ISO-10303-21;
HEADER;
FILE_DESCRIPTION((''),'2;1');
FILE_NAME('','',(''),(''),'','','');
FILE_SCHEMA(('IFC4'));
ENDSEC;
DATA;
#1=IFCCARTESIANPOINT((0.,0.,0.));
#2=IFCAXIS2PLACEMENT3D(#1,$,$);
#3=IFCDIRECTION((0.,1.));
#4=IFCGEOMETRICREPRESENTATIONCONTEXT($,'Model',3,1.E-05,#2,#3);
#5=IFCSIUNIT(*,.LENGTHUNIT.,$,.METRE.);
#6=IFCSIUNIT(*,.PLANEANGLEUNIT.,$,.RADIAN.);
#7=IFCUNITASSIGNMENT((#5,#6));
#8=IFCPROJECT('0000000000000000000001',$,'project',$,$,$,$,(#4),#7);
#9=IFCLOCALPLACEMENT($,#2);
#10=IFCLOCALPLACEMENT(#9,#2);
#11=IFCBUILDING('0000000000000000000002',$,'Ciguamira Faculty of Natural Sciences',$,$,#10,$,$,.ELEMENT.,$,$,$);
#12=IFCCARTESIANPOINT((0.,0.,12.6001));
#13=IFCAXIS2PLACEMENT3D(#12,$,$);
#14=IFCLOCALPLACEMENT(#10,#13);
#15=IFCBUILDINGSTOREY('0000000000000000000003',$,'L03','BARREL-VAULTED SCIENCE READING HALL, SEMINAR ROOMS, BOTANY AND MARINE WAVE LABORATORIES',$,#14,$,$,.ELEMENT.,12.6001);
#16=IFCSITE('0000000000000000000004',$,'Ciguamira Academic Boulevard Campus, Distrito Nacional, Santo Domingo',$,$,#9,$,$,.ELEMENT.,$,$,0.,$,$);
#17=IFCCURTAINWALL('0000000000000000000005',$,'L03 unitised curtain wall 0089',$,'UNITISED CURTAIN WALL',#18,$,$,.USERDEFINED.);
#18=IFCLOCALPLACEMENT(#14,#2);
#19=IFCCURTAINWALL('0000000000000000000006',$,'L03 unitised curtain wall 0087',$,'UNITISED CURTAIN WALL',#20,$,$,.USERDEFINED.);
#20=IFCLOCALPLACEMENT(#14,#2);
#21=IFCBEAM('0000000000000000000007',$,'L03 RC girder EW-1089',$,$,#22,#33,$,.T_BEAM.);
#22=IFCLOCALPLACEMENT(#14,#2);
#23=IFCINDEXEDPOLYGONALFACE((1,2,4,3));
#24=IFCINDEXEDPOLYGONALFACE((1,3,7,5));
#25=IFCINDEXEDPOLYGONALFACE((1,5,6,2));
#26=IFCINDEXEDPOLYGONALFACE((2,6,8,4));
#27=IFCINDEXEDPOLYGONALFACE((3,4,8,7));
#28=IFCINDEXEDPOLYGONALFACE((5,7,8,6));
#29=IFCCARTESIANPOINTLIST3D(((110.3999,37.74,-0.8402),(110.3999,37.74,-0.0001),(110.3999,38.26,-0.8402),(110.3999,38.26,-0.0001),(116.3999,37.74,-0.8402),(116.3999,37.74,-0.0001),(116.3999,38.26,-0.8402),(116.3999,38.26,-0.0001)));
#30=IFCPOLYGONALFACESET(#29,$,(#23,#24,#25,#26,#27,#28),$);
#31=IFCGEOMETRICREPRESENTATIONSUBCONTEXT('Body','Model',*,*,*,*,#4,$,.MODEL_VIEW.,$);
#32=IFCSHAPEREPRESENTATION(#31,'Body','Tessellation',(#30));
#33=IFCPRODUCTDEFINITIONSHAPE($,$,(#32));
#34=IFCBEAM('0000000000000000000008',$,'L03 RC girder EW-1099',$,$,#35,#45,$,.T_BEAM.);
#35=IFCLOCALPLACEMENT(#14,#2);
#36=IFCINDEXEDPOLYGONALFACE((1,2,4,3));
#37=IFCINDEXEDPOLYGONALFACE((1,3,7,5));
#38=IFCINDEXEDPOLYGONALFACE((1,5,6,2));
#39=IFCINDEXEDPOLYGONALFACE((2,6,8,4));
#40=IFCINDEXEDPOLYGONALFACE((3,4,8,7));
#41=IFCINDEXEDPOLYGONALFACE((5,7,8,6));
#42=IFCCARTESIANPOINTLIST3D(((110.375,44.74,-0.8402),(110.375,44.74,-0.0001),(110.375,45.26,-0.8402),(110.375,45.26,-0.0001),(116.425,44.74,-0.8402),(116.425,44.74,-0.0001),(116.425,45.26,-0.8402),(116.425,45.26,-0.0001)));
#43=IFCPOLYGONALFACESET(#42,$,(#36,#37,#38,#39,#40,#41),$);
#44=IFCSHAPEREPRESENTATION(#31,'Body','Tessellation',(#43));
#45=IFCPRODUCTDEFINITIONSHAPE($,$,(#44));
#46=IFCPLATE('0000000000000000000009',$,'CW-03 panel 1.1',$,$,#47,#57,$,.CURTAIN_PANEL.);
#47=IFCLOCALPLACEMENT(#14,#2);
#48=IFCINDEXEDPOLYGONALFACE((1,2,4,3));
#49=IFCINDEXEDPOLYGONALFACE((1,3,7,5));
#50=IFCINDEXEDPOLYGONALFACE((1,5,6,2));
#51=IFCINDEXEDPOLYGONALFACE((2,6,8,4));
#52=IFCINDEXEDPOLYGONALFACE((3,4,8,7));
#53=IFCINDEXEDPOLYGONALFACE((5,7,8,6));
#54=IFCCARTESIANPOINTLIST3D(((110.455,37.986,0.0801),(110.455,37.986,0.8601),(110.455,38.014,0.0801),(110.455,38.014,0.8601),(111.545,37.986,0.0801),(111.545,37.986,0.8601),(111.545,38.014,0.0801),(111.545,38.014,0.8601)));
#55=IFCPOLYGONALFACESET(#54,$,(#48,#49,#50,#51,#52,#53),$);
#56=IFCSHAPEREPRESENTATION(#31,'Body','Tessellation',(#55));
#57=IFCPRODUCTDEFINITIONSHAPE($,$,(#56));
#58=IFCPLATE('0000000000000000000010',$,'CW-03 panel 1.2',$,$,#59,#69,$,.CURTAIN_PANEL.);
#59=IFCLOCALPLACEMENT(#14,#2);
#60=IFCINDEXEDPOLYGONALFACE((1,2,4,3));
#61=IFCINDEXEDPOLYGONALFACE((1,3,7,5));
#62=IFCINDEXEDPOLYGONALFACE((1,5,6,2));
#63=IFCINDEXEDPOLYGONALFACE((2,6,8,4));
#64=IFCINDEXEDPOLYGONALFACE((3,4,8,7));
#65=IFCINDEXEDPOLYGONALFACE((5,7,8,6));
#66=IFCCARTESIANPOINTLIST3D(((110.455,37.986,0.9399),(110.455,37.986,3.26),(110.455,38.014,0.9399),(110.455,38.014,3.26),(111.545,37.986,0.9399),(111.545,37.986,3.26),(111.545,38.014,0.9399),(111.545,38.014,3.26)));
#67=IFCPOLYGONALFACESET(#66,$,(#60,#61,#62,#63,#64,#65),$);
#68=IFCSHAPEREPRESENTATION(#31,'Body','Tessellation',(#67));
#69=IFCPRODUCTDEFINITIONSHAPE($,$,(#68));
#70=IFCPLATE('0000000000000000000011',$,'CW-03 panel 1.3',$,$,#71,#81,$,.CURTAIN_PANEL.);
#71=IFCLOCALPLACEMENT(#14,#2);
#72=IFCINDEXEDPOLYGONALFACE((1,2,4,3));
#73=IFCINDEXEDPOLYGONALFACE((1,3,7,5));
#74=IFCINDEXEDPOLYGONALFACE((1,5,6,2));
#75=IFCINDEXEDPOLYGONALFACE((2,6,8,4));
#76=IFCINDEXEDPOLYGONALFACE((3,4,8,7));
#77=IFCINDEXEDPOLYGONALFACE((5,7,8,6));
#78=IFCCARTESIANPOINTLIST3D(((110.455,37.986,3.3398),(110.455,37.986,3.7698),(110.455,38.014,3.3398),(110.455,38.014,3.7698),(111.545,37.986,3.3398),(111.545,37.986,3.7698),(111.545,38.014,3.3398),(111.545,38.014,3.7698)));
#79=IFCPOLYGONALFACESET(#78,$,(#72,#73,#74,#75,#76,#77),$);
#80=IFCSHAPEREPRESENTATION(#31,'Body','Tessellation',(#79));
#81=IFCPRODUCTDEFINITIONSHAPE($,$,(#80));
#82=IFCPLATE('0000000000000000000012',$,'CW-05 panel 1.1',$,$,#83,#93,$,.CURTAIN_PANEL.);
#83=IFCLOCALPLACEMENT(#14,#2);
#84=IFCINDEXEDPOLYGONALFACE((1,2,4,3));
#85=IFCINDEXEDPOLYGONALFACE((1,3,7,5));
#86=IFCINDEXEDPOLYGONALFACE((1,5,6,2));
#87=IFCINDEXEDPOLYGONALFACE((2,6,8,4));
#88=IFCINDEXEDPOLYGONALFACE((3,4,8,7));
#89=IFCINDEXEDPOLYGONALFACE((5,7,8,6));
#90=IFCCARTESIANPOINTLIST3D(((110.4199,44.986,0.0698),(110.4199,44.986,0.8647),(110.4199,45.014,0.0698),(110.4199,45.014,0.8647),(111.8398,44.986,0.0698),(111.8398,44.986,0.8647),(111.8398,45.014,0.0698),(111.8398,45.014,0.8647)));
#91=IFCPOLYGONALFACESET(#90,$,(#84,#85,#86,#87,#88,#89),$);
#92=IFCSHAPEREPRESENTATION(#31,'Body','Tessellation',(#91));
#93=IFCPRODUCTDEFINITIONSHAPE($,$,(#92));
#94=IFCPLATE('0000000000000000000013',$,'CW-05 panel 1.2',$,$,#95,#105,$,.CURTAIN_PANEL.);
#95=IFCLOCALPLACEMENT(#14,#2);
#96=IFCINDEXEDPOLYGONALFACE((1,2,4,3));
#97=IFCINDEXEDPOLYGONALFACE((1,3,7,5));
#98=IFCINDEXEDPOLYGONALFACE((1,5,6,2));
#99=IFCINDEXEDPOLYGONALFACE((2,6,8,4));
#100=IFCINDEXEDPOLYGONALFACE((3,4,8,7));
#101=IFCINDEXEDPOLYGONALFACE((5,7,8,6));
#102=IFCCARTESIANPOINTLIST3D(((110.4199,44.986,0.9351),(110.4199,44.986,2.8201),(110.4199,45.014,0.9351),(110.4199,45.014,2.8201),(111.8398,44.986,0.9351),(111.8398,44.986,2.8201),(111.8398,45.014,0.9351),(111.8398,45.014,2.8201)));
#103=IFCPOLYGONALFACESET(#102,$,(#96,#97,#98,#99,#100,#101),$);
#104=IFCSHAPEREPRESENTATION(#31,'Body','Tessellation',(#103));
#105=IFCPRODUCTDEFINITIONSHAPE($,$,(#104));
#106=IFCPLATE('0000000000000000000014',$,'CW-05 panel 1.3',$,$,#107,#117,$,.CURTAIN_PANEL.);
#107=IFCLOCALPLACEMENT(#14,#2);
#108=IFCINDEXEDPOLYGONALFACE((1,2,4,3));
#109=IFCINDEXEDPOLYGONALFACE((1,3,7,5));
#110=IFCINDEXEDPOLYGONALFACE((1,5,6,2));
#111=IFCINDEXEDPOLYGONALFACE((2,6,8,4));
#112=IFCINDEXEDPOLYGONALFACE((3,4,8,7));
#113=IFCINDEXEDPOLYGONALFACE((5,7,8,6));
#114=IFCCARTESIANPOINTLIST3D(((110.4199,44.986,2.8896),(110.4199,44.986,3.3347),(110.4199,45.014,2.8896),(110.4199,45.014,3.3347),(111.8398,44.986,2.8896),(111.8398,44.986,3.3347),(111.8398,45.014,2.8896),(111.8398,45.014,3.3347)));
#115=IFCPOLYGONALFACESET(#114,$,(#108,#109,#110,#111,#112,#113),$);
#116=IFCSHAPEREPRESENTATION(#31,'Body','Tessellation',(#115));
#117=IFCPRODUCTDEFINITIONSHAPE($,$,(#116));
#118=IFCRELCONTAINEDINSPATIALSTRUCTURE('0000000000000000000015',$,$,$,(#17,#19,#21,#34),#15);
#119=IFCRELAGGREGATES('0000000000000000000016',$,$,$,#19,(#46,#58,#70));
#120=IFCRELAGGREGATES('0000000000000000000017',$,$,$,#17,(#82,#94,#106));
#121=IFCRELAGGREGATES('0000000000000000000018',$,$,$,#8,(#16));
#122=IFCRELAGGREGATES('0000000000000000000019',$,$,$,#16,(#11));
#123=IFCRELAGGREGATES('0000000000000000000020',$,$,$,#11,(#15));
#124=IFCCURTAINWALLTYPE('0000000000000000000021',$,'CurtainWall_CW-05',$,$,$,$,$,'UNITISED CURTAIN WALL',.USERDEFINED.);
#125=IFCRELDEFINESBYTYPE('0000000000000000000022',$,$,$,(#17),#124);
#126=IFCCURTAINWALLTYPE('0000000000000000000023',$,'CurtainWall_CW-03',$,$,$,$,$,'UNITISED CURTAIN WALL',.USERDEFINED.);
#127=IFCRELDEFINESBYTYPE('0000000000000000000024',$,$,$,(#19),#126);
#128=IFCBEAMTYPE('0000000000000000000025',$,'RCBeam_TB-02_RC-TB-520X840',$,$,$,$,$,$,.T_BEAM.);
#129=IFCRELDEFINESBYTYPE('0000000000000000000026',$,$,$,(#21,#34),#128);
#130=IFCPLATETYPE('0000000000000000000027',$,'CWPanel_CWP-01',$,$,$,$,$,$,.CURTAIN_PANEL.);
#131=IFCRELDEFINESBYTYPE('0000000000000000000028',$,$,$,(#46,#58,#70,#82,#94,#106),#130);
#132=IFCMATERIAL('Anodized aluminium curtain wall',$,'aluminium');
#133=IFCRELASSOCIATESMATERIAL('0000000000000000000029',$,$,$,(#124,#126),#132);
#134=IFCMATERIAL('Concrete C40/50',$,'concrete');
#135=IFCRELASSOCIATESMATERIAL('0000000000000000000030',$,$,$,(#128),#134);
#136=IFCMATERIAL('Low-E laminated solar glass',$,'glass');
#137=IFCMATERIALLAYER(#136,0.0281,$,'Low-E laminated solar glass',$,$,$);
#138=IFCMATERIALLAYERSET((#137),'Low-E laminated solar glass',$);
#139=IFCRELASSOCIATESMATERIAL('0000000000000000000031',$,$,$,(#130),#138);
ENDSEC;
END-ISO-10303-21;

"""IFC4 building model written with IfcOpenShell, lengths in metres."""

from ifc_helpers import new_model, si_unit, direction, frame, origin, origin_2d, place, context, subcontext, project, spatial, rectangle, extrude, material, layer, layer_set, material_profile, profile_set, type_object, element, aggregate, save


model = new_model("IFC4")

# Units and contexts
model_context = context("Model", 3, precision=1e-05, world=origin(), true_north=direction((0.0, 1.0)))
body_context = subcontext(model_context, "Body", "Model", "MODEL_VIEW")
ifc_project = project(units=[si_unit("LENGTHUNIT", "METRE"), si_unit("PLANEANGLEUNIT", "RADIAN")], contexts=[model_context])

# Site, building, storey
site_placement = place(None, origin())
site = spatial("IfcSite", under=ifc_project, at=site_placement, Name="Ciguamira Academic Boulevard Campus, Distrito Nacional, Santo Domingo", CompositionType="ELEMENT", RefElevation=0.0)
building_placement = place(site_placement, origin())
building = spatial("IfcBuilding", under=site, at=building_placement, Name="Ciguamira Faculty of Natural Sciences", CompositionType="ELEMENT")
storey_placement = place(building_placement, frame((0.0, 0.0, 12.6001)))
storey = spatial("IfcBuildingStorey", under=building, at=storey_placement, Name="L03", Description="BARREL-VAULTED SCIENCE READING HALL, SEMINAR ROOMS, BOTANY AND MARINE WAVE LABORATORIES", CompositionType="ELEMENT", Elevation=12.6001)

# Shared definitions
ifc_material_1 = material(Name="Concrete C40/50", Category="concrete")

# Curtain wall
ifc_material_2 = material(Name="Anodized aluminium curtain wall", Category="aluminium")
curtain_wall_type_1 = type_object("IfcCurtainWallType", Name="CurtainWall_CW-05", ElementType="UNITISED CURTAIN WALL", PredefinedType="USERDEFINED", material=ifc_material_2)
curtain_wall_1_placement = place(storey_placement, origin())
curtain_wall_1 = element("IfcCurtainWall", 1, at=curtain_wall_1_placement, inside=storey, type_object=curtain_wall_type_1, Name="L03 unitised curtain wall 0089", ObjectType="UNITISED CURTAIN WALL", PredefinedType="USERDEFINED")

# Curtain wall
curtain_wall_type_2 = type_object("IfcCurtainWallType", Name="CurtainWall_CW-03", ElementType="UNITISED CURTAIN WALL", PredefinedType="USERDEFINED", material=ifc_material_2)
curtain_wall_2_placement = place(storey_placement, origin())
curtain_wall_2 = element("IfcCurtainWall", 2, at=curtain_wall_2_placement, inside=storey, type_object=curtain_wall_type_2, Name="L03 unitised curtain wall 0087", ObjectType="UNITISED CURTAIN WALL", PredefinedType="USERDEFINED")

# Beams
ifc_material_profile_1 = material_profile(ifc_material_1, rectangle(XDim=0.52, YDim=0.8401, at=origin_2d()), Name="RC-TB-520X840")
ifc_profile_set_1 = profile_set([ifc_material_profile_1], Name="Concrete C40/50")
beam_type = type_object("IfcBeamType", Name="RCBeam_TB-02_RC-TB-520X840", PredefinedType="T_BEAM", material=ifc_profile_set_1)
beam_1_placement = place(storey_placement, frame((110.3999, 38.0, -0.4202), z_axis=(1.0, 0.0, 0.0), x_axis=(0.0, 1.0, 0.0)))
element("IfcBeam", 3, at=beam_1_placement, inside=storey, type_object=beam_type, Name="L03 RC girder EW-1089", PredefinedType="T_BEAM", context=body_context, shape_type="SweptSolid", body=[
    extrude(rectangle(XDim=0.52, YDim=0.8401, at=origin_2d()), origin(), (0.0, 0.0, 1.0), 6.0),
])
beam_2_placement = place(storey_placement, frame((110.375, 45.0, -0.4202), z_axis=(1.0, 0.0, 0.0), x_axis=(0.0, 1.0, 0.0)))
element("IfcBeam", 4, at=beam_2_placement, inside=storey, type_object=beam_type, Name="L03 RC girder EW-1099", PredefinedType="T_BEAM", context=body_context, shape_type="SweptSolid", body=[
    extrude(rectangle(XDim=0.52, YDim=0.8401, at=origin_2d()), origin(), (0.0, 0.0, 1.0), 6.05),
])

# Plates
ifc_material_3 = material(Name="Low-E laminated solar glass", Category="glass")
ifc_layer = layer(ifc_material_3, 0.0281, Name="Low-E laminated solar glass")
ifc_layer_set = layer_set([ifc_layer], Name="Low-E laminated solar glass")
plate_type = type_object("IfcPlateType", Name="CWPanel_CWP-01", PredefinedType="CURTAIN_PANEL", material=ifc_layer_set)
plate_1_placement = place(storey_placement, frame((111.0, 38.0, 0.0801), z_axis=(0.0, 0.0, 1.0), x_axis=(1.0, 0.0, 0.0)))
plate_1 = element("IfcPlate", 5, at=plate_1_placement, type_object=plate_type, Name="CW-03 panel 1.1", PredefinedType="CURTAIN_PANEL", context=body_context, shape_type="SweptSolid", body=[
    extrude(rectangle(XDim=1.0901, YDim=0.0281, at=origin_2d()), origin(), (0.0, 0.0, 1.0), 0.78),
])
plate_2_placement = place(storey_placement, frame((111.0, 38.0, 0.9399), z_axis=(0.0, 0.0, 1.0), x_axis=(1.0, 0.0, 0.0)))
plate_2 = element("IfcPlate", 6, at=plate_2_placement, type_object=plate_type, Name="CW-03 panel 1.2", PredefinedType="CURTAIN_PANEL", context=body_context, shape_type="SweptSolid", body=[
    extrude(rectangle(XDim=1.0901, YDim=0.0281, at=origin_2d()), origin(), (0.0, 0.0, 1.0), 2.3201),
])
plate_3_placement = place(storey_placement, frame((111.0, 38.0, 3.3398), z_axis=(0.0, 0.0, 1.0), x_axis=(1.0, 0.0, 0.0)))
plate_3 = element("IfcPlate", 7, at=plate_3_placement, type_object=plate_type, Name="CW-03 panel 1.3", PredefinedType="CURTAIN_PANEL", context=body_context, shape_type="SweptSolid", body=[
    extrude(rectangle(XDim=1.0901, YDim=0.0281, at=origin_2d()), origin(), (0.0, 0.0, 1.0), 0.4299),
])
aggregate(curtain_wall_2, [plate_1, plate_2, plate_3])
plate_4_placement = place(storey_placement, frame((111.1299, 45.0, 0.0698), z_axis=(0.0, 0.0, 1.0), x_axis=(1.0, 0.0, 0.0)))
plate_4 = element("IfcPlate", 8, at=plate_4_placement, type_object=plate_type, Name="CW-05 panel 1.1", PredefinedType="CURTAIN_PANEL", context=body_context, shape_type="SweptSolid", body=[
    extrude(rectangle(XDim=1.4199, YDim=0.0281, at=origin_2d()), origin(), (0.0, 0.0, 1.0), 0.7949),
])
plate_5_placement = place(storey_placement, frame((111.1299, 45.0, 0.9351), z_axis=(0.0, 0.0, 1.0), x_axis=(1.0, 0.0, 0.0)))
plate_5 = element("IfcPlate", 9, at=plate_5_placement, type_object=plate_type, Name="CW-05 panel 1.2", PredefinedType="CURTAIN_PANEL", context=body_context, shape_type="SweptSolid", body=[
    extrude(rectangle(XDim=1.4199, YDim=0.0281, at=origin_2d()), origin(), (0.0, 0.0, 1.0), 1.885),
])
plate_6_placement = place(storey_placement, frame((111.1299, 45.0, 2.8896), z_axis=(0.0, 0.0, 1.0), x_axis=(1.0, 0.0, 0.0)))
plate_6 = element("IfcPlate", 10, at=plate_6_placement, type_object=plate_type, Name="CW-05 panel 1.3", PredefinedType="CURTAIN_PANEL", context=body_context, shape_type="SweptSolid", body=[
    extrude(rectangle(XDim=1.4199, YDim=0.0281, at=origin_2d()), origin(), (0.0, 0.0, 1.0), 0.4451),
])
aggregate(curtain_wall_1, [plate_4, plate_5, plate_6])

save(model, "model.ifc")
